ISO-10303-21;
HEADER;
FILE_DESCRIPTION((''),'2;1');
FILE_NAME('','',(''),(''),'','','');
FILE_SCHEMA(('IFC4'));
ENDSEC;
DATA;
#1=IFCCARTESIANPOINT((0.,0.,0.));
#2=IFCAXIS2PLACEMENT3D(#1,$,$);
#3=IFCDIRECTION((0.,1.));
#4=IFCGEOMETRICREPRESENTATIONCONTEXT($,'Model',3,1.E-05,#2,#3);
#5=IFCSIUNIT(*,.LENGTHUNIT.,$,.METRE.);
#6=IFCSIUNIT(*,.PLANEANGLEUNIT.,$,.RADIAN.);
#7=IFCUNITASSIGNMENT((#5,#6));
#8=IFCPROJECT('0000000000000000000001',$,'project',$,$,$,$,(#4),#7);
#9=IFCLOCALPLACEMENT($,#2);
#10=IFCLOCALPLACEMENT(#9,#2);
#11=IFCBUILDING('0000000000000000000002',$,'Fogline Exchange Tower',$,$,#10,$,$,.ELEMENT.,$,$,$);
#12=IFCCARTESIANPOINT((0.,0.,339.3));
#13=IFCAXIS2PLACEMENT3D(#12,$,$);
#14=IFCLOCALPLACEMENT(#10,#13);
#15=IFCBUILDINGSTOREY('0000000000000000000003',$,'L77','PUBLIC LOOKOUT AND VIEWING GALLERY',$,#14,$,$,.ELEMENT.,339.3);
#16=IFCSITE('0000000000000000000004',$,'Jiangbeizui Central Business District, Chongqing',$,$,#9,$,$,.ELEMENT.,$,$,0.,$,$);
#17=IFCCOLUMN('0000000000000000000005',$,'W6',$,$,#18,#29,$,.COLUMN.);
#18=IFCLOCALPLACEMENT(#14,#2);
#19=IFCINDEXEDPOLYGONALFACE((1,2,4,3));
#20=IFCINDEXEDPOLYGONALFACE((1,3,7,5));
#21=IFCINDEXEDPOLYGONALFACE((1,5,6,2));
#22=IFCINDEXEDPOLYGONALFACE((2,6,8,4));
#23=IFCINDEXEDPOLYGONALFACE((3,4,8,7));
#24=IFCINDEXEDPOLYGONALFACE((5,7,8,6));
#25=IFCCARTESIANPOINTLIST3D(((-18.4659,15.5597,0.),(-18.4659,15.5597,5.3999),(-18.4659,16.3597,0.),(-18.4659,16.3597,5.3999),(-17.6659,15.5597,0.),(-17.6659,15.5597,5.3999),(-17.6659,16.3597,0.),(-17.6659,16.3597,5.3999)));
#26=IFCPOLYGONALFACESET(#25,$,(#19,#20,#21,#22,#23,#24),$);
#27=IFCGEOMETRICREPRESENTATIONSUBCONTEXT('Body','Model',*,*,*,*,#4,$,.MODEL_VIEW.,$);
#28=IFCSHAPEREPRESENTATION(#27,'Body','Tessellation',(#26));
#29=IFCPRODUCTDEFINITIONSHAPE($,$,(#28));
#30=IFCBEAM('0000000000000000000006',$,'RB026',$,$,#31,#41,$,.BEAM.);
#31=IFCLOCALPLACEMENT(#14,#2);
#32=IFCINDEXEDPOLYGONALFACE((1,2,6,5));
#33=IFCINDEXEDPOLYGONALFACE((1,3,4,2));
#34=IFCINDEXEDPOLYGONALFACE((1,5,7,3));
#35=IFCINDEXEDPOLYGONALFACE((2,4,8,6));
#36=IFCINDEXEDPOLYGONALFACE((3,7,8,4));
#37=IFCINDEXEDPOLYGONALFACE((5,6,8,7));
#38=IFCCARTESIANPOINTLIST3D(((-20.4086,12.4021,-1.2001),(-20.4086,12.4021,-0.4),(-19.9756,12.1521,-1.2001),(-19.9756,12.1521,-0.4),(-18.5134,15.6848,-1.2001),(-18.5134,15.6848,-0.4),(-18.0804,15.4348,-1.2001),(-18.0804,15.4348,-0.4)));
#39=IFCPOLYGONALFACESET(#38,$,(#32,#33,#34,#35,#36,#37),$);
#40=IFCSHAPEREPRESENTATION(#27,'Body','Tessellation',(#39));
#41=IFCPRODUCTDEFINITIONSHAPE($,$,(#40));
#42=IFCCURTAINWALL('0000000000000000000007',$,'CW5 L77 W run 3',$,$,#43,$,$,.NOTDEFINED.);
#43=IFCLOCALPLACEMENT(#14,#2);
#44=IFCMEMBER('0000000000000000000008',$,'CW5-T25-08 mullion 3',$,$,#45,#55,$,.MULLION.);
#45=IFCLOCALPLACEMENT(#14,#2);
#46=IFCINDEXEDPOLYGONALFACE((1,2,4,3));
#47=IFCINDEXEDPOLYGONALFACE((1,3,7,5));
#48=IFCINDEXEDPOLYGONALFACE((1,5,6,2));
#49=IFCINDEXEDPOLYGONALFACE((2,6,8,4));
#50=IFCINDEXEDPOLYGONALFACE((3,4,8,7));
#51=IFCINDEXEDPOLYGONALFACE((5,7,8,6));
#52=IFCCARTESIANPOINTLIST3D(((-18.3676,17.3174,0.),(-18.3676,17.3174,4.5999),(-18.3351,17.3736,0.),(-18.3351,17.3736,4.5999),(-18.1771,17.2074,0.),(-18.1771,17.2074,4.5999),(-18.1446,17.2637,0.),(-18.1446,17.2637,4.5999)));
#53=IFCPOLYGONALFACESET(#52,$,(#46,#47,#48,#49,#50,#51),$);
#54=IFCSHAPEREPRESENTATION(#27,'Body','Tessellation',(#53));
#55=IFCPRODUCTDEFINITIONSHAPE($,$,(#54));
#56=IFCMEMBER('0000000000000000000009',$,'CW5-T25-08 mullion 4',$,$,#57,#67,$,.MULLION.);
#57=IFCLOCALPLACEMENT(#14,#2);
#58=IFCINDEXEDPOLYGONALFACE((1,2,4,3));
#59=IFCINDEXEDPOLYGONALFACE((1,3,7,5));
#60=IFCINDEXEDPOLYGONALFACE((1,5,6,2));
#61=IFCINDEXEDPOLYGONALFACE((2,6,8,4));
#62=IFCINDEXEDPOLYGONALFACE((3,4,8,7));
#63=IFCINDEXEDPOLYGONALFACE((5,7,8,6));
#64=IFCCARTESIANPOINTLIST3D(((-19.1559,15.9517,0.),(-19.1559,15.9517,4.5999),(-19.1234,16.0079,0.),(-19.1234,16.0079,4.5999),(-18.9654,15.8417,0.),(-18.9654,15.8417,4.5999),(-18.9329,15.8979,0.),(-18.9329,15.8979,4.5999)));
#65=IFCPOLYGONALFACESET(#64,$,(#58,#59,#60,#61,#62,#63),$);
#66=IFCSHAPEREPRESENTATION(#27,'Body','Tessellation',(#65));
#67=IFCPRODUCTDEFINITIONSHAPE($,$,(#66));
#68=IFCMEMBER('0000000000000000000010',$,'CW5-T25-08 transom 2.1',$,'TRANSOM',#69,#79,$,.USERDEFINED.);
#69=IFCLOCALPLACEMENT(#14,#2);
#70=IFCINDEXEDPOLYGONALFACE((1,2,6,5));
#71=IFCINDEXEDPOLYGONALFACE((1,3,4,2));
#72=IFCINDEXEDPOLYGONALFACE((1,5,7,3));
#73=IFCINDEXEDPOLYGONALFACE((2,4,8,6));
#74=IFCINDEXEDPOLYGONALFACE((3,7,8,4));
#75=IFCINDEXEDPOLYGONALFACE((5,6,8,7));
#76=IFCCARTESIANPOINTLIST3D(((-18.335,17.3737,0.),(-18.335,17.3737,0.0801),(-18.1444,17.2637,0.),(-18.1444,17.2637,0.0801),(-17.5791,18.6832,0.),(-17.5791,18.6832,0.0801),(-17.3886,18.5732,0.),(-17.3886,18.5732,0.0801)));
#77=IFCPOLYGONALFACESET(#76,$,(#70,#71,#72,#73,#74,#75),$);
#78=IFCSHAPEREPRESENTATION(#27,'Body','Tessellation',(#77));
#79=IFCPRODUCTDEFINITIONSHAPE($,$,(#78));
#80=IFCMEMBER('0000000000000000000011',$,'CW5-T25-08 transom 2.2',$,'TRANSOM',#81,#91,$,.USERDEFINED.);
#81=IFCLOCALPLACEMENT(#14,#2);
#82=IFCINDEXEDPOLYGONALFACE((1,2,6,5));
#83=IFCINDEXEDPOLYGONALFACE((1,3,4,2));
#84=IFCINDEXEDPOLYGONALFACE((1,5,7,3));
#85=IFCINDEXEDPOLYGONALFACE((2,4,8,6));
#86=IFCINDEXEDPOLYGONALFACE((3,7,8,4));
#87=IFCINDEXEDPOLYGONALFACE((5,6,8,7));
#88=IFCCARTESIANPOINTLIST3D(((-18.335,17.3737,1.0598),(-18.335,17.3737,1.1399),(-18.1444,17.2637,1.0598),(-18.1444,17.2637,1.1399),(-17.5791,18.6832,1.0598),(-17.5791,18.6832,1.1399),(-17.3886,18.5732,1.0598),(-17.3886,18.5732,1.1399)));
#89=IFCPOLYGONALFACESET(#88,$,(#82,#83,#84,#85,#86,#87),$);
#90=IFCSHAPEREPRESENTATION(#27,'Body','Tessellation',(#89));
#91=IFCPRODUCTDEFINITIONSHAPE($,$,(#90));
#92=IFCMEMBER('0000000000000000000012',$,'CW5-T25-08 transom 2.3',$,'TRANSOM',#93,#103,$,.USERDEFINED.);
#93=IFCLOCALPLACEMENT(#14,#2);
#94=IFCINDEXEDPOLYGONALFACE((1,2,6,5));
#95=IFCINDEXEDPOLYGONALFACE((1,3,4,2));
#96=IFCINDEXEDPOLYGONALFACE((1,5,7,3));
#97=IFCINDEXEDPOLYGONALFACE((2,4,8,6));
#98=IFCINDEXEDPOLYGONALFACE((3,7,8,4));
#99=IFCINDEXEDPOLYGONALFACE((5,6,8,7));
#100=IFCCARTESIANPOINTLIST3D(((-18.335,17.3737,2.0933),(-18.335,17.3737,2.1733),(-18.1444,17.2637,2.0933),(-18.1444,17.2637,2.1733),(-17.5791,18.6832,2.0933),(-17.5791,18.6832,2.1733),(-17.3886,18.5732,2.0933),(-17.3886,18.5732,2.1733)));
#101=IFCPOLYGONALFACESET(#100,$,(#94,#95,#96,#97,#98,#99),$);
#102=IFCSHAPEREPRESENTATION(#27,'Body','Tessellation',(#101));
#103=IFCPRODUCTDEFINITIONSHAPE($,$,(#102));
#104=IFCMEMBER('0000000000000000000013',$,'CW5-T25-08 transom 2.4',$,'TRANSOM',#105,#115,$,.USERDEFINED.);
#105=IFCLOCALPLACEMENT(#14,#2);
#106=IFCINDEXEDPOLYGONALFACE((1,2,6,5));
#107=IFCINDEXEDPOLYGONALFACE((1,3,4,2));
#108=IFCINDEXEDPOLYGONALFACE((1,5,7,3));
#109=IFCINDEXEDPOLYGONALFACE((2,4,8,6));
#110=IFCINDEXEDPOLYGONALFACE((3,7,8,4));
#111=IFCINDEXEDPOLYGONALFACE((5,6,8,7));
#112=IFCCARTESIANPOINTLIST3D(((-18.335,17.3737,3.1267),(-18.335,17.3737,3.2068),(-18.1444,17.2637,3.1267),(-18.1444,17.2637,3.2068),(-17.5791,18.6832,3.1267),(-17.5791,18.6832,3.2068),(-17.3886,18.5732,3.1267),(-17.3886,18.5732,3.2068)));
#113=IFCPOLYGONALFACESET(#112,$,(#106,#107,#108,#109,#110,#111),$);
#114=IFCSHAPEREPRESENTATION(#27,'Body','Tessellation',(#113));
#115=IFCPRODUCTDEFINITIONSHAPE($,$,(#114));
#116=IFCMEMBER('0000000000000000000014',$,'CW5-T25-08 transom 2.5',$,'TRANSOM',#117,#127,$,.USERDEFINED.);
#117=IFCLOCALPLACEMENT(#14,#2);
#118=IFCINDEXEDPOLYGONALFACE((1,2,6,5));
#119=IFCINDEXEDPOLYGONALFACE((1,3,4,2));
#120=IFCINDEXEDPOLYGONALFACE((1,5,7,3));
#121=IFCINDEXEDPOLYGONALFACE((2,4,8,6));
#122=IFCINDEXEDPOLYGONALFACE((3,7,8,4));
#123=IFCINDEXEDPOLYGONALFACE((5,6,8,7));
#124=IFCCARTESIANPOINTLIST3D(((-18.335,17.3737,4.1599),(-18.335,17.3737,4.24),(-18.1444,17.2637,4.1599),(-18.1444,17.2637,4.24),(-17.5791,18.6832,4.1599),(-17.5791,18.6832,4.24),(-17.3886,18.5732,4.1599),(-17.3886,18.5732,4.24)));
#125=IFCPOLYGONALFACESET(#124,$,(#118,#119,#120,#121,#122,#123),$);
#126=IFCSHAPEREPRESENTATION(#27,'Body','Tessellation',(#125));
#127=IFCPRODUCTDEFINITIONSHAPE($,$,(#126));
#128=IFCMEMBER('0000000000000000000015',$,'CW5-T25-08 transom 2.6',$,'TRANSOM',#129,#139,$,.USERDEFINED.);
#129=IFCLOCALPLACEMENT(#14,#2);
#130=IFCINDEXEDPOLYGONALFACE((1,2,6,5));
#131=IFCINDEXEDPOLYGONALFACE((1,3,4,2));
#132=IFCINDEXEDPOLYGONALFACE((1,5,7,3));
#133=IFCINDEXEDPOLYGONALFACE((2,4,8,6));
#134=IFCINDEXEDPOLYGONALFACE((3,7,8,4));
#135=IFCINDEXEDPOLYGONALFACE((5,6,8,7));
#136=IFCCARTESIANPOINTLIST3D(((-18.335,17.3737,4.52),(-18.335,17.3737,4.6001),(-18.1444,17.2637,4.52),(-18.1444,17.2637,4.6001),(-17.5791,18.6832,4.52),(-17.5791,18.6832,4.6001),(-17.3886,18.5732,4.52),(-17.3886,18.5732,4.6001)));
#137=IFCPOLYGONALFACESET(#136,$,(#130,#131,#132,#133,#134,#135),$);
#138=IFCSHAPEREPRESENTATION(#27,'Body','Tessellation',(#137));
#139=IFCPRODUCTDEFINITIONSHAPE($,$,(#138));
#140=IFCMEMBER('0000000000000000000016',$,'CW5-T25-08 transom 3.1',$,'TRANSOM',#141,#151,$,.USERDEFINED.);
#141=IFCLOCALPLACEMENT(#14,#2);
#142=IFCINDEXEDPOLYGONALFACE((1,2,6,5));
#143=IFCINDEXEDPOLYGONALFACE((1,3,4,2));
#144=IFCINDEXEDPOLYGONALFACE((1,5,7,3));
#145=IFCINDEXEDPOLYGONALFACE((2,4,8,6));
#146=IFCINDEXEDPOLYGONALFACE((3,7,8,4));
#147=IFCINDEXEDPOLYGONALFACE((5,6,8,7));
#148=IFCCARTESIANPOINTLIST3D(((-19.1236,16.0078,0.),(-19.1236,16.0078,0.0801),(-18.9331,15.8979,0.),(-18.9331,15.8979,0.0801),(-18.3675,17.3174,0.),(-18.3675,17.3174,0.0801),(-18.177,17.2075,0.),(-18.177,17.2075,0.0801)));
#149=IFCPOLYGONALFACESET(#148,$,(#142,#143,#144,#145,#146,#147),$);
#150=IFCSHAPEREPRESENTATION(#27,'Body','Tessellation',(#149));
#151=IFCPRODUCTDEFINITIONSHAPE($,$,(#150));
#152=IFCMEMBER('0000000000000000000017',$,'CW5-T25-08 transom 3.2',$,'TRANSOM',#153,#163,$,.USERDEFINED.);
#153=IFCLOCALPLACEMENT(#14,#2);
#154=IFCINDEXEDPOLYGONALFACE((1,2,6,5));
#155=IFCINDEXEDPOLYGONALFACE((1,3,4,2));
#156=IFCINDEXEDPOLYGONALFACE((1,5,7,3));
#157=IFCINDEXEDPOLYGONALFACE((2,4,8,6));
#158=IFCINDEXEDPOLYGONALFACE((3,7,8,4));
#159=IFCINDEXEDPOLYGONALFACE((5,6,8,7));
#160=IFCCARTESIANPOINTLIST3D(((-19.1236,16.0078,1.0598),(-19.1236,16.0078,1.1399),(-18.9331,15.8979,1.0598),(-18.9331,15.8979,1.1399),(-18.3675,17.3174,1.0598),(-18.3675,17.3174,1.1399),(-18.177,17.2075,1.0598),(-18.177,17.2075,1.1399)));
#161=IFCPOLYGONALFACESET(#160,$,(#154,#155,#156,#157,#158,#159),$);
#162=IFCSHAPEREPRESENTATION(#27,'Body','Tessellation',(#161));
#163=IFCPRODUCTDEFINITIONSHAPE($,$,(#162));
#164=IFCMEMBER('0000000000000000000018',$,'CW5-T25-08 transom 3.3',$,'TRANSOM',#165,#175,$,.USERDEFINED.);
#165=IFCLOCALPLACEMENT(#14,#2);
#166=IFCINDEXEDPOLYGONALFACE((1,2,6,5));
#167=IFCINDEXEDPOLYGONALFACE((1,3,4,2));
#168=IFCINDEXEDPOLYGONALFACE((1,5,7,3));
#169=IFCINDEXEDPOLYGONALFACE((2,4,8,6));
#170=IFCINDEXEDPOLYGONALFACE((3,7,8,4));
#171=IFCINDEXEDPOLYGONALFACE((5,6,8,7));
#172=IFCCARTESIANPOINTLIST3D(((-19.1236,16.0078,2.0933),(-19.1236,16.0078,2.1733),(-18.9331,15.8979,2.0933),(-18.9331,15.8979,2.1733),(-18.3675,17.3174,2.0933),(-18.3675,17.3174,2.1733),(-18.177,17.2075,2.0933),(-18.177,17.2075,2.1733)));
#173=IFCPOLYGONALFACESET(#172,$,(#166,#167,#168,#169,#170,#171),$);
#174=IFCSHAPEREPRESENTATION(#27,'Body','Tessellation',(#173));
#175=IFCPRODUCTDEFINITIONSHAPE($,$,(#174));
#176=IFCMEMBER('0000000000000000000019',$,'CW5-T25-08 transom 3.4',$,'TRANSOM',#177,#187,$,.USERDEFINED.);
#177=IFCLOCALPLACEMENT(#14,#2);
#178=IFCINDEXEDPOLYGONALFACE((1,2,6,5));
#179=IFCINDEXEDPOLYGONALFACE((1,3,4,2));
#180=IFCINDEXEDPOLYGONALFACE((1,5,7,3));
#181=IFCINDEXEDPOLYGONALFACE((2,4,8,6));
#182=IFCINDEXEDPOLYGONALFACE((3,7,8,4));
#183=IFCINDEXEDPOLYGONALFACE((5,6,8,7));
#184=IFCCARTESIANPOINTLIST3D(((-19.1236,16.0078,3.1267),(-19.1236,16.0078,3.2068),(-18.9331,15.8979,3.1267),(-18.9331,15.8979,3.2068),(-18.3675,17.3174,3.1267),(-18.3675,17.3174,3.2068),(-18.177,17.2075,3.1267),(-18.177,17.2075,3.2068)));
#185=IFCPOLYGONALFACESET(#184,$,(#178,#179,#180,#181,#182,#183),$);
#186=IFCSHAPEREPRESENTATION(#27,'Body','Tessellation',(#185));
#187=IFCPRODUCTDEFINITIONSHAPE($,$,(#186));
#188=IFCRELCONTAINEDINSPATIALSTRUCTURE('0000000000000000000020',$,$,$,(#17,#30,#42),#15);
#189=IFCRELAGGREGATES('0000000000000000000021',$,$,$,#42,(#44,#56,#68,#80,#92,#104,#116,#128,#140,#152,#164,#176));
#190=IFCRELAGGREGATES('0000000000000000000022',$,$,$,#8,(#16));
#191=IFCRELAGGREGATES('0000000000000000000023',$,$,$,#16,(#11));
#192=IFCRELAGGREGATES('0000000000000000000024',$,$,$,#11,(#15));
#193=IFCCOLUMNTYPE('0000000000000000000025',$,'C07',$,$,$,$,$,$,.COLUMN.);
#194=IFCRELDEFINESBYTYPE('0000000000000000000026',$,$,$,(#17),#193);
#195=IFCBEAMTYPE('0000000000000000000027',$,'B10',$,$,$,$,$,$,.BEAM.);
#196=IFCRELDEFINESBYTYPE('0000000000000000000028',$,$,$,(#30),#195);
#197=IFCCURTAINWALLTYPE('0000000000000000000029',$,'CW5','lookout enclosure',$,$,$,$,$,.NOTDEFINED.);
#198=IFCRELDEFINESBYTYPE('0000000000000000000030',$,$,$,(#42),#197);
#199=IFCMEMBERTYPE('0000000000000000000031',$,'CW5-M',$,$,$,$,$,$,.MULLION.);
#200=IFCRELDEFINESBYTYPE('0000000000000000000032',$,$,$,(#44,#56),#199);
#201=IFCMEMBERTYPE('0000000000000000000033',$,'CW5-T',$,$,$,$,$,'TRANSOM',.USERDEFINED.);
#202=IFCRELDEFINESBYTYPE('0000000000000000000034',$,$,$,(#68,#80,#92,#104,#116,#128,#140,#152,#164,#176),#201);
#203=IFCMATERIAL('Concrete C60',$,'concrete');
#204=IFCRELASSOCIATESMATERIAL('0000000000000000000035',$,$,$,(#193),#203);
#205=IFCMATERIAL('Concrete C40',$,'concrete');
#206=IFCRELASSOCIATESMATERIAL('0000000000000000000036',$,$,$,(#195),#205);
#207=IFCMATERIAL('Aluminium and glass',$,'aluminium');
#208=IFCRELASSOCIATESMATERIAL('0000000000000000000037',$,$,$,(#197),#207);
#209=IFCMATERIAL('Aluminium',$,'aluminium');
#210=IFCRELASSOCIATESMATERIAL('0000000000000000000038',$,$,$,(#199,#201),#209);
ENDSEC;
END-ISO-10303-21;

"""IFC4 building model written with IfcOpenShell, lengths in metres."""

from ifc_helpers import new_model, si_unit, direction, frame, origin, origin_2d, place, context, subcontext, project, spatial, rectangle, extrude, material, material_profile, profile_set, type_object, element, aggregate, save


model = new_model("IFC4")

# Units and contexts
model_context = context("Model", 3, precision=1e-05, world=origin(), true_north=direction((0.0, 1.0)))
body_context = subcontext(model_context, "Body", "Model", "MODEL_VIEW")
ifc_project = project(units=[si_unit("LENGTHUNIT", "METRE"), si_unit("PLANEANGLEUNIT", "RADIAN")], contexts=[model_context])

# Site, building, storey
site_placement = place(None, origin())
site = spatial("IfcSite", under=ifc_project, at=site_placement, Name="Jiangbeizui Central Business District, Chongqing", CompositionType="ELEMENT", RefElevation=0.0)
building_placement = place(site_placement, origin())
building = spatial("IfcBuilding", under=site, at=building_placement, Name="Fogline Exchange Tower", CompositionType="ELEMENT")
storey_placement = place(building_placement, frame((0.0, 0.0, 339.3)))
storey = spatial("IfcBuildingStorey", under=building, at=storey_placement, Name="L77", Description="PUBLIC LOOKOUT AND VIEWING GALLERY", CompositionType="ELEMENT", Elevation=339.3)

# Column
ifc_material_1 = material(Name="Concrete C60", Category="concrete")
ifc_material_profile_1 = material_profile(ifc_material_1, rectangle(XDim=0.8, YDim=0.8, at=origin_2d()), Name="RC 800x800")
ifc_profile_set_1 = profile_set([ifc_material_profile_1], Name="Concrete C60")
column_type = type_object("IfcColumnType", Name="C07", PredefinedType="COLUMN", material=ifc_profile_set_1)
column_placement = place(storey_placement, frame((-18.0659, 15.9597, 0.0), z_axis=(0.0, 0.0, 1.0), x_axis=(1.0, 0.0, 0.0)))
element("IfcColumn", 1, at=column_placement, inside=storey, type_object=column_type, Name="W6", PredefinedType="COLUMN", context=body_context, shape_type="SweptSolid", body=[
    extrude(rectangle(XDim=0.8, YDim=0.8, at=origin_2d()), origin(), (0.0, 0.0, 1.0), 5.3999),
])

# Beam
ifc_material_2 = material(Name="Concrete C40", Category="concrete")
ifc_material_profile_2 = material_profile(ifc_material_2, rectangle(XDim=0.5, YDim=0.8, at=origin_2d()), Name="RC 500x800")
ifc_profile_set_2 = profile_set([ifc_material_profile_2], Name="Concrete C40")
beam_type = type_object("IfcBeamType", Name="B10", PredefinedType="BEAM", material=ifc_profile_set_2)
beam_placement = place(storey_placement, frame((-18.2969, 15.5598, -0.8), z_axis=(-0.499998, -0.866027, 0.0), x_axis=(0.866027, -0.499998, 0.0)))
element("IfcBeam", 2, at=beam_placement, inside=storey, type_object=beam_type, Name="RB026", PredefinedType="BEAM", context=body_context, shape_type="SweptSolid", body=[
    extrude(rectangle(XDim=0.5, YDim=0.8, at=origin_2d()), origin(), (0.0, 0.0, 1.0), 3.7905),
])

# Curtain wall, members
ifc_material_3 = material(Name="Aluminium and glass", Category="aluminium")
curtain_wall_type = type_object("IfcCurtainWallType", Name="CW5", Description="lookout enclosure", PredefinedType="NOTDEFINED", material=ifc_material_3)
curtain_wall_placement = place(storey_placement, origin())
curtain_wall = element("IfcCurtainWall", 3, at=curtain_wall_placement, inside=storey, type_object=curtain_wall_type, Name="CW5 L77 W run 3", PredefinedType="NOTDEFINED")
ifc_material_4 = material(Name="Aluminium", Category="aluminium")
ifc_material_profile_3 = material_profile(ifc_material_4, rectangle(XDim=0.22, YDim=0.0649, at=origin_2d()), Name="Mullion 65x220")
ifc_profile_set_3 = profile_set([ifc_material_profile_3], Name="Aluminium")
member_type_1 = type_object("IfcMemberType", Name="CW5-M", PredefinedType="MULLION", material=ifc_profile_set_3)
member_1_placement = place(storey_placement, frame((-18.2561, 17.2905, 0.0), z_axis=(0.0, 0.0, 1.0), x_axis=(0.866025, -0.5, 0.0)))
member_1 = element("IfcMember", 4, at=member_1_placement, type_object=member_type_1, Name="CW5-T25-08 mullion 3", PredefinedType="MULLION", context=body_context, shape_type="SweptSolid", body=[
    extrude(rectangle(XDim=0.22, YDim=0.0649, at=origin_2d()), origin(), (0.0, 0.0, 1.0), 4.5999),
])
member_2_placement = place(storey_placement, frame((-19.0444, 15.9248, 0.0), z_axis=(0.0, 0.0, 1.0), x_axis=(0.866025, -0.5, 0.0)))
member_2 = element("IfcMember", 5, at=member_2_placement, type_object=member_type_1, Name="CW5-T25-08 mullion 4", PredefinedType="MULLION", context=body_context, shape_type="SweptSolid", body=[
    extrude(rectangle(XDim=0.22, YDim=0.0649, at=origin_2d()), origin(), (0.0, 0.0, 1.0), 4.5999),
])
ifc_material_profile_4 = material_profile(ifc_material_4, rectangle(XDim=0.22, YDim=0.0801, at=origin_2d()), Name="Transom 80x220")
ifc_profile_set_4 = profile_set([ifc_material_profile_4], Name="Aluminium")
member_type_2 = type_object("IfcMemberType", Name="CW5-T", ElementType="TRANSOM", PredefinedType="USERDEFINED", material=ifc_profile_set_4)
member_3_placement = place(storey_placement, frame((-17.4839, 18.6282, 0.04), z_axis=(-0.49989, -0.866089, 0.0), x_axis=(0.866089, -0.49989, 0.0)))
member_3 = element("IfcMember", 6, at=member_3_placement, type_object=member_type_2, Name="CW5-T25-08 transom 2.1", ObjectType="TRANSOM", PredefinedType="USERDEFINED", context=body_context, shape_type="SweptSolid", body=[
    extrude(rectangle(XDim=0.22, YDim=0.0801, at=origin_2d()), origin(), (0.0, 0.0, 1.0), 1.512),
])
member_4_placement = place(storey_placement, frame((-17.4839, 18.6282, 1.0999), z_axis=(-0.49989, -0.866089, 0.0), x_axis=(0.866089, -0.49989, 0.0)))
member_4 = element("IfcMember", 7, at=member_4_placement, type_object=member_type_2, Name="CW5-T25-08 transom 2.2", ObjectType="TRANSOM", PredefinedType="USERDEFINED", context=body_context, shape_type="SweptSolid", body=[
    extrude(rectangle(XDim=0.22, YDim=0.0801, at=origin_2d()), origin(), (0.0, 0.0, 1.0), 1.512),
])
member_5_placement = place(storey_placement, frame((-17.4839, 18.6282, 2.1333), z_axis=(-0.49989, -0.866089, 0.0), x_axis=(0.866089, -0.49989, 0.0)))
member_5 = element("IfcMember", 8, at=member_5_placement, type_object=member_type_2, Name="CW5-T25-08 transom 2.3", ObjectType="TRANSOM", PredefinedType="USERDEFINED", context=body_context, shape_type="SweptSolid", body=[
    extrude(rectangle(XDim=0.22, YDim=0.0801, at=origin_2d()), origin(), (0.0, 0.0, 1.0), 1.512),
])
member_6_placement = place(storey_placement, frame((-17.4839, 18.6282, 3.1667), z_axis=(-0.49989, -0.866089, 0.0), x_axis=(0.866089, -0.49989, 0.0)))
member_6 = element("IfcMember", 9, at=member_6_placement, type_object=member_type_2, Name="CW5-T25-08 transom 2.4", ObjectType="TRANSOM", PredefinedType="USERDEFINED", context=body_context, shape_type="SweptSolid", body=[
    extrude(rectangle(XDim=0.22, YDim=0.0801, at=origin_2d()), origin(), (0.0, 0.0, 1.0), 1.512),
])
member_7_placement = place(storey_placement, frame((-17.4839, 18.6282, 4.2), z_axis=(-0.49989, -0.866089, 0.0), x_axis=(0.866089, -0.49989, 0.0)))
member_7 = element("IfcMember", 10, at=member_7_placement, type_object=member_type_2, Name="CW5-T25-08 transom 2.5", ObjectType="TRANSOM", PredefinedType="USERDEFINED", context=body_context, shape_type="SweptSolid", body=[
    extrude(rectangle(XDim=0.22, YDim=0.0801, at=origin_2d()), origin(), (0.0, 0.0, 1.0), 1.512),
])
member_8_placement = place(storey_placement, frame((-17.4839, 18.6282, 4.5601), z_axis=(-0.49989, -0.866089, 0.0), x_axis=(0.866089, -0.49989, 0.0)))
member_8 = element("IfcMember", 11, at=member_8_placement, type_object=member_type_2, Name="CW5-T25-08 transom 2.6", ObjectType="TRANSOM", PredefinedType="USERDEFINED", context=body_context, shape_type="SweptSolid", body=[
    extrude(rectangle(XDim=0.22, YDim=0.0801, at=origin_2d()), origin(), (0.0, 0.0, 1.0), 1.512),
])
member_9_placement = place(storey_placement, frame((-18.2722, 17.2625, 0.04), z_axis=(-0.500011, -0.866019, 0.0), x_axis=(0.866019, -0.500011, 0.0)))
member_9 = element("IfcMember", 12, at=member_9_placement, type_object=member_type_2, Name="CW5-T25-08 transom 3.1", ObjectType="TRANSOM", PredefinedType="USERDEFINED", context=body_context, shape_type="SweptSolid", body=[
    extrude(rectangle(XDim=0.22, YDim=0.0801, at=origin_2d()), origin(), (0.0, 0.0, 1.0), 1.5122),
])
member_10_placement = place(storey_placement, frame((-18.2722, 17.2625, 1.0999), z_axis=(-0.500011, -0.866019, 0.0), x_axis=(0.866019, -0.500011, 0.0)))
member_10 = element("IfcMember", 13, at=member_10_placement, type_object=member_type_2, Name="CW5-T25-08 transom 3.2", ObjectType="TRANSOM", PredefinedType="USERDEFINED", context=body_context, shape_type="SweptSolid", body=[
    extrude(rectangle(XDim=0.22, YDim=0.0801, at=origin_2d()), origin(), (0.0, 0.0, 1.0), 1.5122),
])
member_11_placement = place(storey_placement, frame((-18.2722, 17.2625, 2.1333), z_axis=(-0.500011, -0.866019, 0.0), x_axis=(0.866019, -0.500011, 0.0)))
member_11 = element("IfcMember", 14, at=member_11_placement, type_object=member_type_2, Name="CW5-T25-08 transom 3.3", ObjectType="TRANSOM", PredefinedType="USERDEFINED", context=body_context, shape_type="SweptSolid", body=[
    extrude(rectangle(XDim=0.22, YDim=0.0801, at=origin_2d()), origin(), (0.0, 0.0, 1.0), 1.5122),
])
member_12_placement = place(storey_placement, frame((-18.2722, 17.2625, 3.1667), z_axis=(-0.500011, -0.866019, 0.0), x_axis=(0.866019, -0.500011, 0.0)))
member_12 = element("IfcMember", 15, at=member_12_placement, type_object=member_type_2, Name="CW5-T25-08 transom 3.4", ObjectType="TRANSOM", PredefinedType="USERDEFINED", context=body_context, shape_type="SweptSolid", body=[
    extrude(rectangle(XDim=0.22, YDim=0.0801, at=origin_2d()), origin(), (0.0, 0.0, 1.0), 1.5122),
])
aggregate(curtain_wall, [member_1, member_2, member_3, member_4, member_5, member_6, member_7, member_8, member_9, member_10, member_11, member_12])

save(model, "model.ifc")
